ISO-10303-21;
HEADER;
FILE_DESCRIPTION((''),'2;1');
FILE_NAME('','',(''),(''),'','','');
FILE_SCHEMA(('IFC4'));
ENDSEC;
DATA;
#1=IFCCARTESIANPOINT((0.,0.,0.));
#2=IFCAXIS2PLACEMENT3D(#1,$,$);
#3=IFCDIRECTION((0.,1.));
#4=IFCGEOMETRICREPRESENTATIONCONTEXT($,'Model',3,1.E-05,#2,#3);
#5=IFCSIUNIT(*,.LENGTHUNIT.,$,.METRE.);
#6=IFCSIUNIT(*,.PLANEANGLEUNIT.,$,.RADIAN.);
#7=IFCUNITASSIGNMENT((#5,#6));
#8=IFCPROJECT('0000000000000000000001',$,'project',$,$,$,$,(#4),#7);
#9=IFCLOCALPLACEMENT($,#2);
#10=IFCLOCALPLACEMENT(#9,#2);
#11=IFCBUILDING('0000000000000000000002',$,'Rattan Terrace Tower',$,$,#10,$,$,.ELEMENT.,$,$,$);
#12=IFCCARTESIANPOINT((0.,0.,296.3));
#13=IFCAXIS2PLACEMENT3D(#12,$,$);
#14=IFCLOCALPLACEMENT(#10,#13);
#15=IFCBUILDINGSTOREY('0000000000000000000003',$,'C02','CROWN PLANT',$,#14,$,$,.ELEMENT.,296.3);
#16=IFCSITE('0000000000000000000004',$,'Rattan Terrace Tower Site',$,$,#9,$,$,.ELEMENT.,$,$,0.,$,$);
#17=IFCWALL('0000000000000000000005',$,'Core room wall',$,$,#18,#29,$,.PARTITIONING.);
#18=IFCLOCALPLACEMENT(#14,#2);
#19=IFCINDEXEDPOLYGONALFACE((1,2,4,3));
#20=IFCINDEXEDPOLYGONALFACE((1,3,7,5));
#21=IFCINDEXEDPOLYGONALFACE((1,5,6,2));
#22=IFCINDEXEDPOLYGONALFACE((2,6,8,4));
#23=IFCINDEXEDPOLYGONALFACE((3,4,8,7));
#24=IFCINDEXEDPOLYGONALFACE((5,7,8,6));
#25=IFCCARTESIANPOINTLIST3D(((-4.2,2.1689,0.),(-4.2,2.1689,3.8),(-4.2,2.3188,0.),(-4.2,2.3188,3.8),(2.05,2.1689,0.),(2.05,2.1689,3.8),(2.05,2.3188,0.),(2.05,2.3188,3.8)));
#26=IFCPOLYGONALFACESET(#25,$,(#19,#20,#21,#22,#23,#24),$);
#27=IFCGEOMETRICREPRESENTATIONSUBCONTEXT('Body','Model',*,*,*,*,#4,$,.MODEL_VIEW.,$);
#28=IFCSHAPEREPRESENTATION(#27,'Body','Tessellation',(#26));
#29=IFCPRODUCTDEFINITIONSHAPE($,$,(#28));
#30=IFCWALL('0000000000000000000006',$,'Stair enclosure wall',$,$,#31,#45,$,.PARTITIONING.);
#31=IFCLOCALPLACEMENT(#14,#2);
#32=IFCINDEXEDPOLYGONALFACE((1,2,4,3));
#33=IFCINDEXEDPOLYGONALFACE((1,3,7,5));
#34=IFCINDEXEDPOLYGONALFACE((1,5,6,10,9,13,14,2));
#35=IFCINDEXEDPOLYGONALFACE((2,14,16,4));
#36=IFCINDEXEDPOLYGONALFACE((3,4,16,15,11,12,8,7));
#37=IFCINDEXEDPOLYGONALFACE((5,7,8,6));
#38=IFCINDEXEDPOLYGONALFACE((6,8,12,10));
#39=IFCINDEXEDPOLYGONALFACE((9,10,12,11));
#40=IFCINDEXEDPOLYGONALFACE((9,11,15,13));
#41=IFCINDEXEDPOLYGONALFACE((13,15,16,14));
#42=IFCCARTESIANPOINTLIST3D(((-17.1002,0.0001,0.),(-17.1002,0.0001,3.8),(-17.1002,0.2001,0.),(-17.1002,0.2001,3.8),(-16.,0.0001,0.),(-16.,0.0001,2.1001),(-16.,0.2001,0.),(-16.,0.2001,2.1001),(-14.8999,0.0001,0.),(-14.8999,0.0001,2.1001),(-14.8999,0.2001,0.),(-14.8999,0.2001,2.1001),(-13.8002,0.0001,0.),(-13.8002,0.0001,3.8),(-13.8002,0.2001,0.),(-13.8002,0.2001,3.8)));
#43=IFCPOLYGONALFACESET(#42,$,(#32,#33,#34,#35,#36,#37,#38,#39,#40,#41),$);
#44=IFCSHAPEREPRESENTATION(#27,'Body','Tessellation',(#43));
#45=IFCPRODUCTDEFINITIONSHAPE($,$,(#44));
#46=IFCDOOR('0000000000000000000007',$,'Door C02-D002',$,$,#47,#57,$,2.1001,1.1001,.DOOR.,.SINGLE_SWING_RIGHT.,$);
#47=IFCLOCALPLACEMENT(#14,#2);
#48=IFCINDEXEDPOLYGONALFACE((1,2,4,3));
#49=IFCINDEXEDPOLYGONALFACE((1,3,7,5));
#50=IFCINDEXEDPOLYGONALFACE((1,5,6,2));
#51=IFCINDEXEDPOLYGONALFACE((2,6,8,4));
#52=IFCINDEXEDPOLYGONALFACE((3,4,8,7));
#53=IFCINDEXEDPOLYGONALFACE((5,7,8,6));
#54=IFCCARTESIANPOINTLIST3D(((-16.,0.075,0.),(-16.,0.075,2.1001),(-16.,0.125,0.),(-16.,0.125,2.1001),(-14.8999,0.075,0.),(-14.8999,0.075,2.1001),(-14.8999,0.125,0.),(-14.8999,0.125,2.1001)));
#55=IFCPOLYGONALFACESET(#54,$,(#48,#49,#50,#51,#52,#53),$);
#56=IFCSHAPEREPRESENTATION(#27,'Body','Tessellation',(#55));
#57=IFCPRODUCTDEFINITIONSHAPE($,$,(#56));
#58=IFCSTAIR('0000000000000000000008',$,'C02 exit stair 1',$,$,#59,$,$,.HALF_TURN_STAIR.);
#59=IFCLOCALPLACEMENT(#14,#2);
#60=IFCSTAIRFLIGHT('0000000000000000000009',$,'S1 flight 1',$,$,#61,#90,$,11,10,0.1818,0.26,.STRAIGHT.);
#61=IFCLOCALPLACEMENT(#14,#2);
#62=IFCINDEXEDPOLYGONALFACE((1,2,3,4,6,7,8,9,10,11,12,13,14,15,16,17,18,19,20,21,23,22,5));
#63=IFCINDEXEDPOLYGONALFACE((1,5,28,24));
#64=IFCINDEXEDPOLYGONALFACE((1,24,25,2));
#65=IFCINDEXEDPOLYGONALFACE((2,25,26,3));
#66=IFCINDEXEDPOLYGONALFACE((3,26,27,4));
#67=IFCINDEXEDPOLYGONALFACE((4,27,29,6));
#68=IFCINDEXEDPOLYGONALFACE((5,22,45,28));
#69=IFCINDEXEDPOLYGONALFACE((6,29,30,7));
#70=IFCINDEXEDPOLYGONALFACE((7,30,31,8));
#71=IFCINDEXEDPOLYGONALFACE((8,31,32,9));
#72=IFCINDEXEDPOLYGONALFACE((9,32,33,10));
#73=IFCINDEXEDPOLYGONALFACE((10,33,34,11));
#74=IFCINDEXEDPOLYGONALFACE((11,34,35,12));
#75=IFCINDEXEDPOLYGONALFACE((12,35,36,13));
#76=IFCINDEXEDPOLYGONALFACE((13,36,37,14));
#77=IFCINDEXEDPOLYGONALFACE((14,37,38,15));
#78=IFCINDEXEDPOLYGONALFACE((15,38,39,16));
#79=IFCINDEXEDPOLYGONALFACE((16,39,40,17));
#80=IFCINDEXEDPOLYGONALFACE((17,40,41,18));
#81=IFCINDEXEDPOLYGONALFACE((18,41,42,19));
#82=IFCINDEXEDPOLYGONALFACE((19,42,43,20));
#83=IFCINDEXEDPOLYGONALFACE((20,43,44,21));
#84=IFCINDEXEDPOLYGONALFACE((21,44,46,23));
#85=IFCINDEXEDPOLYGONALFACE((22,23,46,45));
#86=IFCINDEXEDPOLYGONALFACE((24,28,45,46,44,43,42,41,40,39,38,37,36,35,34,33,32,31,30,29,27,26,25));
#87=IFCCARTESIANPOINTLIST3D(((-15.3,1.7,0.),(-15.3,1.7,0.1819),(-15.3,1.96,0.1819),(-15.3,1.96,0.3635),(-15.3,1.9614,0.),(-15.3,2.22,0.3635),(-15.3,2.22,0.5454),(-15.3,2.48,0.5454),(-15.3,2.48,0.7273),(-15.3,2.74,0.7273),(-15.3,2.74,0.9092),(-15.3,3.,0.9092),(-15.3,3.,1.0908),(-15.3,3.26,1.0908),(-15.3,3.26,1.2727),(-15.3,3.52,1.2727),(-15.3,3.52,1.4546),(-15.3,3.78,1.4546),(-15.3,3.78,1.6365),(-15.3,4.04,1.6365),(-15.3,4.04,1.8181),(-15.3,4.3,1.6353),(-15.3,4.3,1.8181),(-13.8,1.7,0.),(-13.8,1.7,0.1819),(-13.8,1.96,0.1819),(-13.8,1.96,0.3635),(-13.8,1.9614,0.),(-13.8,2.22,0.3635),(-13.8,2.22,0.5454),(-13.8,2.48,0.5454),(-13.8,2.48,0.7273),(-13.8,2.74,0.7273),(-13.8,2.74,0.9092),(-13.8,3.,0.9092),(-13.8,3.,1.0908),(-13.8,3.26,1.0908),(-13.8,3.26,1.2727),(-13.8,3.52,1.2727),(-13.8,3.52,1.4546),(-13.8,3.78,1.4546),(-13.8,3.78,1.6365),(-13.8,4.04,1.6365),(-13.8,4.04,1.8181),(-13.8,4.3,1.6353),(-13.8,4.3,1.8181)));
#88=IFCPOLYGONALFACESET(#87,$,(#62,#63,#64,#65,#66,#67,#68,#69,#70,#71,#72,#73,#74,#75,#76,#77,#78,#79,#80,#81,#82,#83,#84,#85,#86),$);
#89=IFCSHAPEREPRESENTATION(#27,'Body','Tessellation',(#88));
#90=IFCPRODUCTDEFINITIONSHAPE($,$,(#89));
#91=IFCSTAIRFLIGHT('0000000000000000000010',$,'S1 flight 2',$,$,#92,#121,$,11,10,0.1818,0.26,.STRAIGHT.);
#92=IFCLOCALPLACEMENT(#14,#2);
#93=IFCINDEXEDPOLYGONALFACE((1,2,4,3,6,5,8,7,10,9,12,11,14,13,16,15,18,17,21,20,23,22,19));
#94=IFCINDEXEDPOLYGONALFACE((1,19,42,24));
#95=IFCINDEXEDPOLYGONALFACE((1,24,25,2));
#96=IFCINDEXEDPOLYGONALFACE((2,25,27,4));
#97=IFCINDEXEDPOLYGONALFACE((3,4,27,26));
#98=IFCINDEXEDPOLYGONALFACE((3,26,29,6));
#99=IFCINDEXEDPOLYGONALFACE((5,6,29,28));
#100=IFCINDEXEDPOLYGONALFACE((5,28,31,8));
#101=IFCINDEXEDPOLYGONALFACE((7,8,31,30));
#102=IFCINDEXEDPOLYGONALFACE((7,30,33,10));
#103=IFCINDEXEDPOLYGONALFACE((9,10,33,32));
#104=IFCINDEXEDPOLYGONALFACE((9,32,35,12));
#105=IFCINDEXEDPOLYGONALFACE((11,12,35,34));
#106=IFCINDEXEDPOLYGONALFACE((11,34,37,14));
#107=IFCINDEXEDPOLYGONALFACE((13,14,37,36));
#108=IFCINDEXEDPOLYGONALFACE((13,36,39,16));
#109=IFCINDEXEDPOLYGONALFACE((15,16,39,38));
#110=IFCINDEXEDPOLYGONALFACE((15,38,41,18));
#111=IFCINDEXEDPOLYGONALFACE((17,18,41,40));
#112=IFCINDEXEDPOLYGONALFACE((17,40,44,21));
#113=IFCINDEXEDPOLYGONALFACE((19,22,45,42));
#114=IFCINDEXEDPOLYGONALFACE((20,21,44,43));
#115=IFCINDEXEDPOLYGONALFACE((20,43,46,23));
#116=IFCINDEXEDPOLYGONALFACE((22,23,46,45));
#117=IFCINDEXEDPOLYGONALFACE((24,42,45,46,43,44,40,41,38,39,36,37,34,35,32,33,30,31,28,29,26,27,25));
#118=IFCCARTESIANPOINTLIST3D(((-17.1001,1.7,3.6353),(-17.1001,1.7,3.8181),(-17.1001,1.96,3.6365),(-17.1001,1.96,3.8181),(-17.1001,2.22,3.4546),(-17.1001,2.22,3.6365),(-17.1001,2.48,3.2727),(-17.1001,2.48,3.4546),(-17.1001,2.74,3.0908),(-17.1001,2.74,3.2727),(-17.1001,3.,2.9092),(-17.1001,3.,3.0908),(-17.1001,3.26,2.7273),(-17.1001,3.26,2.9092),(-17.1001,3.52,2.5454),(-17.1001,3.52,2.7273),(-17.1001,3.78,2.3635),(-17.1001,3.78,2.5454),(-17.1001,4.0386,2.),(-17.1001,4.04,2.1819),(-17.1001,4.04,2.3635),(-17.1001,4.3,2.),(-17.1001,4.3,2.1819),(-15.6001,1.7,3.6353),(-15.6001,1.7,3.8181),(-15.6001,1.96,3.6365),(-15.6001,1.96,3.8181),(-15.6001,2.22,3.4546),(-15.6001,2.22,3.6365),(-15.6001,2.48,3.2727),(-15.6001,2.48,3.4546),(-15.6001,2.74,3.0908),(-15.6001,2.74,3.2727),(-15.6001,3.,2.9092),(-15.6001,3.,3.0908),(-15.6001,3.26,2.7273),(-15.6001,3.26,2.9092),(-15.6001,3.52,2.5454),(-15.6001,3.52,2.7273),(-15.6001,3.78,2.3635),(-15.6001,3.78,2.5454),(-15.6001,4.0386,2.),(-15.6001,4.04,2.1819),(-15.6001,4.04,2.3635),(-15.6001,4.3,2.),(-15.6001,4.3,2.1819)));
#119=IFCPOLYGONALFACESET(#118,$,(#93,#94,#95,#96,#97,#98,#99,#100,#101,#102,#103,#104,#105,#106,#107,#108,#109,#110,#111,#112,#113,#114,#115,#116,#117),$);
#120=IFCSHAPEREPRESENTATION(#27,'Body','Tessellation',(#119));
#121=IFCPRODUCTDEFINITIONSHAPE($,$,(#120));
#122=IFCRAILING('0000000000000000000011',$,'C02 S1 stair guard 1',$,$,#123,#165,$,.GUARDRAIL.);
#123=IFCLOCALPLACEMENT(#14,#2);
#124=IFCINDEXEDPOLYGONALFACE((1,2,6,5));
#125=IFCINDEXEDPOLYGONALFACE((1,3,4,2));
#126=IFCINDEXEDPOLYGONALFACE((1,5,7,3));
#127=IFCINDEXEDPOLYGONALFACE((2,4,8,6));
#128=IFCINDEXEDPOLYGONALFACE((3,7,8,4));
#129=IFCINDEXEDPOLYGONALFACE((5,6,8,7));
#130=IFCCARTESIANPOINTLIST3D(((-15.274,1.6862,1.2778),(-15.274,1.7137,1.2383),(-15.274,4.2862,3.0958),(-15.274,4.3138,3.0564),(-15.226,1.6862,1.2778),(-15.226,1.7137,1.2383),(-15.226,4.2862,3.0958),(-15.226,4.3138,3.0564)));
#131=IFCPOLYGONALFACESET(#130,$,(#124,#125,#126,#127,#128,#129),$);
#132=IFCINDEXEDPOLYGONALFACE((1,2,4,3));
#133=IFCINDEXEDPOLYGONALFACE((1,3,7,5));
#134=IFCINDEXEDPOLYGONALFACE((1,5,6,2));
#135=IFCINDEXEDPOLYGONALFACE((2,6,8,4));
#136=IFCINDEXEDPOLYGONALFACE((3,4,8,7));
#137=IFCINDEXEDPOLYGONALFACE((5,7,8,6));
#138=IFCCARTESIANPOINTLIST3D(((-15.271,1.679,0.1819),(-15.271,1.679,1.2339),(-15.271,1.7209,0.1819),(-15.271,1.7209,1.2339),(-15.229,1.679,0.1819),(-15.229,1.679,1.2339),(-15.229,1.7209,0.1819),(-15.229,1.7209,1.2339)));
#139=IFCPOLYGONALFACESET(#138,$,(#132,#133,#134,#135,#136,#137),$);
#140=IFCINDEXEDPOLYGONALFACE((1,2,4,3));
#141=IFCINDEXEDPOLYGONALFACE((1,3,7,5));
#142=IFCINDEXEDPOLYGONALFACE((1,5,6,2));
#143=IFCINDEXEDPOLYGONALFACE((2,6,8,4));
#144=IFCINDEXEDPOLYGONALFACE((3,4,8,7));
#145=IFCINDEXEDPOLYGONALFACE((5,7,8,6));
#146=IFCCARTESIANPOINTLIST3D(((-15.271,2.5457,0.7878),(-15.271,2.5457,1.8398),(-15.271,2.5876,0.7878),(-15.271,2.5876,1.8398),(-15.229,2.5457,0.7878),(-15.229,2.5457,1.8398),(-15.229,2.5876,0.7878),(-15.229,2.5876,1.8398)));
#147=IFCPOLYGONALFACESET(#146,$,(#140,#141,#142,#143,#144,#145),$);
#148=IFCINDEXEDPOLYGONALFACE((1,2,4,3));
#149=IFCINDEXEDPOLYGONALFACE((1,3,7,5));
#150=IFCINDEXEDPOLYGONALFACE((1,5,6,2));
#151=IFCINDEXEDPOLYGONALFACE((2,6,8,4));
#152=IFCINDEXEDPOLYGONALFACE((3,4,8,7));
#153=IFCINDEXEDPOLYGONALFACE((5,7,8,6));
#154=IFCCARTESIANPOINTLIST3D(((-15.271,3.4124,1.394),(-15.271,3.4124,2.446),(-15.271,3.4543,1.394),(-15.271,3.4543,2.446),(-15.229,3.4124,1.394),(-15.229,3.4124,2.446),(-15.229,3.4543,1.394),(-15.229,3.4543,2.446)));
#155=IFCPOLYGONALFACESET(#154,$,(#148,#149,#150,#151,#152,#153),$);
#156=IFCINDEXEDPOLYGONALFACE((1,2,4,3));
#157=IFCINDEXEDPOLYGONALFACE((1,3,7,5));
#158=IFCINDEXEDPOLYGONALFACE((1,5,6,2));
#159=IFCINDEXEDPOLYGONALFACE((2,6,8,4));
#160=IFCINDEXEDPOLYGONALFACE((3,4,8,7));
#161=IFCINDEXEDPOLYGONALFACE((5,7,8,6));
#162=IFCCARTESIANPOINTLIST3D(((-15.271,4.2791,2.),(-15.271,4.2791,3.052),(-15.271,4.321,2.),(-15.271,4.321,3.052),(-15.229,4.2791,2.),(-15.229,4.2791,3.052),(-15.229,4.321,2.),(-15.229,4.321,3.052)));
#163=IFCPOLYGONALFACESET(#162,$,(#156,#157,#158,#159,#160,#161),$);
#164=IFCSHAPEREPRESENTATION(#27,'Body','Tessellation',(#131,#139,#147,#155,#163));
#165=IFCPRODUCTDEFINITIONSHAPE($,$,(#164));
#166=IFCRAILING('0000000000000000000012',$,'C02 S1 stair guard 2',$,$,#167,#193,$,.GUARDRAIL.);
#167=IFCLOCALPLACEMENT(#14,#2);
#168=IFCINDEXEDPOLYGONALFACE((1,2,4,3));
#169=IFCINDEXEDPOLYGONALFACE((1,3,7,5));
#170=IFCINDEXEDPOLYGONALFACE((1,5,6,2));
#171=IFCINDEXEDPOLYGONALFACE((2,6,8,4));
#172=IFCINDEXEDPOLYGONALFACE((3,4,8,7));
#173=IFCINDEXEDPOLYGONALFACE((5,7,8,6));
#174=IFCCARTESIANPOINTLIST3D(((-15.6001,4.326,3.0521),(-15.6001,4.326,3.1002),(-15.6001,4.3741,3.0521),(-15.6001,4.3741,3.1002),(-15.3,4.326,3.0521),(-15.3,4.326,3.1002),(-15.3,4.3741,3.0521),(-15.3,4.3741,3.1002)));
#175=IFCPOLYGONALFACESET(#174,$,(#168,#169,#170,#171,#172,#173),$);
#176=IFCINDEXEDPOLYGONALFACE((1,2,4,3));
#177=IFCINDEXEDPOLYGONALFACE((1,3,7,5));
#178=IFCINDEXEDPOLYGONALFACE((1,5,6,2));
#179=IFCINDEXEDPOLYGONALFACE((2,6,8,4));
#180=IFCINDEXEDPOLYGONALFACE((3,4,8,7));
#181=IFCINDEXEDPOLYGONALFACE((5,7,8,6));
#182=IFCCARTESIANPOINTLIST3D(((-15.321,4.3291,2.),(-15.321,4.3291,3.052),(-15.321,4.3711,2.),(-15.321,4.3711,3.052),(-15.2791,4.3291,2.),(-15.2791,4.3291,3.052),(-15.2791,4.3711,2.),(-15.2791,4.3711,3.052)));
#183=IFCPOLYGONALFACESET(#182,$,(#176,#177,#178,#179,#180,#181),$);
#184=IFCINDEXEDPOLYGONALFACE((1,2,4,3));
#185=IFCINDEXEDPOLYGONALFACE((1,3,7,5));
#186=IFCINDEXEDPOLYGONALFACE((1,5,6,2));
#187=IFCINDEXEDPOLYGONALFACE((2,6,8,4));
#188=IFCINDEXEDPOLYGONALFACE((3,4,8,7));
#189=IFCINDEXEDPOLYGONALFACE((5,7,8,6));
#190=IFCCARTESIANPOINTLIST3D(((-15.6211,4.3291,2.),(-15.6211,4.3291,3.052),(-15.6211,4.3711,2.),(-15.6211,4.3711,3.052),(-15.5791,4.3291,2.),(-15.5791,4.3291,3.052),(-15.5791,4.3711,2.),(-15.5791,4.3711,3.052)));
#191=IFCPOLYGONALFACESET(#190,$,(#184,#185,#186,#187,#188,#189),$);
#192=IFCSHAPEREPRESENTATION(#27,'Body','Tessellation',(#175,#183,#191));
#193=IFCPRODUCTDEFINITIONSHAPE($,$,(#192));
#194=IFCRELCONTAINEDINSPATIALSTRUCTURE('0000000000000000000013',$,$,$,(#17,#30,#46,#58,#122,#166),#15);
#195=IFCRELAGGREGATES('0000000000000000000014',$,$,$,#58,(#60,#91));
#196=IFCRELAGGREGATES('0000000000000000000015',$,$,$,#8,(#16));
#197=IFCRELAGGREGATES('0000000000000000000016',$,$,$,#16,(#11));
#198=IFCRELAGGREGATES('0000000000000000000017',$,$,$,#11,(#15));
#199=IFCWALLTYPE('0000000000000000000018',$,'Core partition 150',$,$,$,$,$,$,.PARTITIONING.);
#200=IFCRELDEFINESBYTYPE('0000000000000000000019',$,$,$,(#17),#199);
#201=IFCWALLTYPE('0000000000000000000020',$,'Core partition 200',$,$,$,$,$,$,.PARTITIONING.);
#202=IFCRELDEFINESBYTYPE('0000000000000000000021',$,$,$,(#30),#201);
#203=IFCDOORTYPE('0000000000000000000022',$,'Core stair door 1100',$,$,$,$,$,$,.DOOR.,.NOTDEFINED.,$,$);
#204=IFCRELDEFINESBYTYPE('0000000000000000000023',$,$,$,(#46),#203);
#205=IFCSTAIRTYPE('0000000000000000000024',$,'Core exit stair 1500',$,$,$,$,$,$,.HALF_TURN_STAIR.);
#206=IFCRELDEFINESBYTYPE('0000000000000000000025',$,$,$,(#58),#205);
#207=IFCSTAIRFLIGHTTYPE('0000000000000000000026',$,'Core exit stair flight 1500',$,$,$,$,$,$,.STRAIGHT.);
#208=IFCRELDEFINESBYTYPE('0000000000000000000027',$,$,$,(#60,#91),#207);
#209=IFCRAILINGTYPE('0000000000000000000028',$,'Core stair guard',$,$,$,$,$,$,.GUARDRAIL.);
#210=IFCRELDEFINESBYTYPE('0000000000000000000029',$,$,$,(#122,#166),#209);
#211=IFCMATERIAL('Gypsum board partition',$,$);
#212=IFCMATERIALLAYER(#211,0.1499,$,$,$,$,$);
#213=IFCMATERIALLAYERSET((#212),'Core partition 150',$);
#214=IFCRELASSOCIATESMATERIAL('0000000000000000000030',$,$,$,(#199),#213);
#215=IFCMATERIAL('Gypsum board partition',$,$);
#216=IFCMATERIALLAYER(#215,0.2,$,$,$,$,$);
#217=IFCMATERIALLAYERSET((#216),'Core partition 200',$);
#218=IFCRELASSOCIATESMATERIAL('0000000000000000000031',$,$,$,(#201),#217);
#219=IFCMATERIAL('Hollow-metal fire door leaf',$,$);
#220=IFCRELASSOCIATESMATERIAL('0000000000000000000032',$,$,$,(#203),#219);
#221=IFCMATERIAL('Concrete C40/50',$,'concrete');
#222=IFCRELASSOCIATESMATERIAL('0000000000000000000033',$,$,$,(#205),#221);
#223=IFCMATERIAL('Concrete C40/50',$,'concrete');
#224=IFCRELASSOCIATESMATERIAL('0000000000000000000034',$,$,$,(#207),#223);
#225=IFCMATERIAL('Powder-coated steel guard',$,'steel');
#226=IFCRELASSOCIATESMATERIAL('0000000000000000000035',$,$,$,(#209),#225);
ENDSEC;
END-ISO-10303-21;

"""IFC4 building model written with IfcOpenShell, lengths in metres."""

from ifc_helpers import new_model, si_unit, direction, frame, frame_2d, origin, origin_2d, place, context, subcontext, project, spatial, polyline, rectangle, outline, extrude, material, layer, layer_set, type_object, element, fill, aggregate, save


model = new_model("IFC4")

# Units and contexts
model_context = context("Model", 3, precision=1e-05, world=origin(), true_north=direction((0.0, 1.0)))
body_context = subcontext(model_context, "Body", "Model", "MODEL_VIEW")
ifc_project = project(units=[si_unit("LENGTHUNIT", "METRE"), si_unit("PLANEANGLEUNIT", "RADIAN")], contexts=[model_context])

# Site, building, storey
site_placement = place(None, origin())
site = spatial("IfcSite", under=ifc_project, at=site_placement, Name="Rattan Terrace Tower Site", CompositionType="ELEMENT", RefElevation=0.0)
building_placement = place(site_placement, origin())
building = spatial("IfcBuilding", under=site, at=building_placement, Name="Rattan Terrace Tower", CompositionType="ELEMENT")
storey_placement = place(building_placement, frame((0.0, 0.0, 296.3)))
storey = spatial("IfcBuildingStorey", under=building, at=storey_placement, Name="C02", Description="CROWN PLANT", CompositionType="ELEMENT", Elevation=296.3)

# Wall
ifc_material_1 = material(Name="Gypsum board partition")
ifc_layer_1 = layer(ifc_material_1, 0.1499)
ifc_layer_set_1 = layer_set([ifc_layer_1], Name="Core partition 150")
wall_type_1 = type_object("IfcWallType", Name="Core partition 150", PredefinedType="PARTITIONING", material=ifc_layer_set_1)
for number, where, z_axis, x_axis, name in (
    (1, (-4.2, 2.2439, 0.0), (0.0, 0.0, 1.0), (1.0, 0.0, 0.0), "Core room wall"),
):
    element("IfcWall", number, at=place(storey_placement, frame(where, z_axis=z_axis, x_axis=x_axis)), inside=storey, type_object=wall_type_1, Name=name, PredefinedType="PARTITIONING", context=body_context, shape_type="SweptSolid", body=[
        extrude(rectangle(XDim=6.25, YDim=0.1499, at=frame_2d((3.125, 0.0))), origin(), (0.0, 0.0, 1.0), 3.8),
    ])

# Wall, opening, door
ifc_material_2 = material(Name="Gypsum board partition")
ifc_layer_2 = layer(ifc_material_2, 0.2)
ifc_layer_set_2 = layer_set([ifc_layer_2], Name="Core partition 200")
wall_type_2 = type_object("IfcWallType", Name="Core partition 200", PredefinedType="PARTITIONING", material=ifc_layer_set_2)
wall_placement = place(storey_placement, frame((-17.1001, 0.1001, 0.0), z_axis=(0.0, 0.0, 1.0), x_axis=(1.0, 0.0, 0.0)))
wall = element("IfcWall", 2, at=wall_placement, inside=storey, type_object=wall_type_2, Name="Stair enclosure wall", PredefinedType="PARTITIONING", context=body_context, shape_type="SweptSolid", body=[
    extrude(rectangle(XDim=3.3, YDim=0.2, at=frame_2d((1.6499, 0.0))), origin(), (0.0, 0.0, 1.0), 3.8),
])
opening_placement = place(wall_placement, frame((1.1001, 0.0, 0.0)))
opening = element("IfcOpeningElement", 3, at=opening_placement, cuts=wall, PredefinedType="OPENING", context=body_context, shape_type="SweptSolid", body=[
    extrude(rectangle(XDim=1.1001, YDim=2.1001, at=frame_2d((0.55, 1.05))), frame((0.0, 0.1106, 0.0), z_axis=(0.0, -1.0, 0.0), x_axis=(1.0, 0.0, 0.0)), (0.0, 0.0, 1.0), 0.2209),
])
ifc_material_3 = material(Name="Hollow-metal fire door leaf")
door_type = type_object("IfcDoorType", Name="Core stair door 1100", OperationType="NOTDEFINED", PredefinedType="DOOR", material=ifc_material_3)
door_placement = place(opening_placement, origin())
door = element("IfcDoor", 4, at=door_placement, inside=storey, type_object=door_type, Name="Door C02-D002", OperationType="SINGLE_SWING_RIGHT", OverallHeight=2.1001, OverallWidth=1.1001, PredefinedType="DOOR", context=body_context, shape_type="SweptSolid", body=[
    extrude(rectangle(XDim=1.1001, YDim=2.1001, at=frame_2d((0.55, 1.05))), frame((0.0, 0.0249, 0.0), z_axis=(0.0, -1.0, 0.0), x_axis=(1.0, 0.0, 0.0)), (0.0, 0.0, 1.0), 0.05),
])
fill(opening, door)

# Stair, stair flights
ifc_material_4 = material(Name="Concrete C40/50", Category="concrete")
stair_type = type_object("IfcStairType", Name="Core exit stair 1500", PredefinedType="HALF_TURN_STAIR", material=ifc_material_4)
stair_placement = place(storey_placement, origin())
stair = element("IfcStair", 5, at=stair_placement, inside=storey, type_object=stair_type, Name="C02 exit stair 1", PredefinedType="HALF_TURN_STAIR")
ifc_material_5 = material(Name="Concrete C40/50", Category="concrete")
stair_flight_type = type_object("IfcStairFlightType", Name="Core exit stair flight 1500", PredefinedType="STRAIGHT", material=ifc_material_5)
stair_flight_1_placement = place(storey_placement, frame((-14.55, 1.7, 0.0), z_axis=(0.0, 0.0, 1.0), x_axis=(0.0, 1.0, 0.0)))
stair_flight_1 = element("IfcStairFlight", 6, at=stair_flight_1_placement, type_object=stair_flight_type, Name="S1 flight 1", NumberOfRisers=11, NumberOfTreads=10, PredefinedType="STRAIGHT", RiserHeight=0.1818, TreadLength=0.26, context=body_context, shape_type="SweptSolid", body=[
    extrude(outline(polyline([(0.0, 0.0), (0.0, 0.1819), (0.26, 0.1819), (0.26, 0.3635), (0.52, 0.3635), (0.52, 0.5454), (0.78, 0.5454), (0.78, 0.7273), (1.04, 0.7273), (1.04, 0.9092), (1.3, 0.9092), (1.3, 1.0908), (1.5601, 1.0908), (1.5601, 1.2727), (1.8201, 1.2727), (1.8201, 1.4546), (2.0801, 1.4546), (2.0801, 1.6365), (2.3401, 1.6365), (2.3401, 1.8181), (2.6001, 1.8181), (2.6001, 2.0), (2.6001, 1.6353), (0.2615, 0.0), (0.0, 0.0)])), frame((0.0, 0.75, 0.0), z_axis=(0.0, -1.0, 0.0), x_axis=(1.0, 0.0, 0.0)), (0.0, 0.0, 1.0), 1.5),
])
stair_flight_2_placement = place(storey_placement, frame((-16.3501, 4.3, 2.0), z_axis=(0.0, 0.0, 1.0), x_axis=(0.0, -1.0, 0.0)))
stair_flight_2 = element("IfcStairFlight", 7, at=stair_flight_2_placement, type_object=stair_flight_type, Name="S1 flight 2", NumberOfRisers=11, NumberOfTreads=10, PredefinedType="STRAIGHT", RiserHeight=0.1818, TreadLength=0.26, context=body_context, shape_type="SweptSolid", body=[
    extrude(outline(polyline([(0.0, 0.0), (0.0, 0.1819), (0.26, 0.1819), (0.26, 0.3635), (0.52, 0.3635), (0.52, 0.5454), (0.78, 0.5454), (0.78, 0.7273), (1.04, 0.7273), (1.04, 0.9092), (1.3, 0.9092), (1.3, 1.0908), (1.5601, 1.0908), (1.5601, 1.2727), (1.8201, 1.2727), (1.8201, 1.4546), (2.0801, 1.4546), (2.0801, 1.6365), (2.3401, 1.6365), (2.3401, 1.8181), (2.6001, 1.8181), (2.6001, 2.0), (2.6001, 1.6353), (0.2615, 0.0), (0.0, 0.0)])), frame((0.0, 0.75, 0.0), z_axis=(0.0, -1.0, 0.0), x_axis=(1.0, 0.0, 0.0)), (0.0, 0.0, 1.0), 1.5),
])
aggregate(stair, [stair_flight_1, stair_flight_2])

# Railings
ifc_material_6 = material(Name="Powder-coated steel guard", Category="steel")
railing_type_1 = type_object("IfcRailingType", Name="Core stair guard", PredefinedType="GUARDRAIL", material=ifc_material_6)
railing_1_placement = place(storey_placement, frame((-15.25, 1.7, 0.1819)))
element("IfcRailing", 8, at=railing_1_placement, inside=storey, type_object=railing_type_1, Name="C02 S1 stair guard 1", PredefinedType="GUARDRAIL", context=body_context, shape_type="SweptSolid", body=[
    extrude(rectangle(XDim=0.0481, YDim=0.0481, at=origin_2d()), frame((0.0, 0.0, 1.0762), z_axis=(0.0, 0.819521, 0.573049), x_axis=(-1.0, 0.0, 0.0)), (0.0, 0.0, 1.0), 3.1726),
    extrude(rectangle(XDim=0.042, YDim=0.042, at=origin_2d()), origin(), (0.0, 0.0, 1.0), 1.052),
    extrude(rectangle(XDim=0.042, YDim=0.042, at=origin_2d()), frame((0.0, 0.8667, 0.606)), (0.0, 0.0, 1.0), 1.052),
    extrude(rectangle(XDim=0.042, YDim=0.042, at=origin_2d()), frame((0.0, 1.7334, 1.2122)), (0.0, 0.0, 1.0), 1.052),
    extrude(rectangle(XDim=0.042, YDim=0.042, at=origin_2d()), frame((0.0, 2.6001, 1.8181)), (0.0, 0.0, 1.0), 1.052),
])
railing_2_placement = place(storey_placement, frame((-15.3, 4.3501, 2.0)))
element("IfcRailing", 9, at=railing_2_placement, inside=storey, type_object=railing_type_1, Name="C02 S1 stair guard 2", PredefinedType="GUARDRAIL", context=body_context, shape_type="SweptSolid", body=[
    extrude(rectangle(XDim=0.0481, YDim=0.0481, at=origin_2d()), frame((0.0, 0.0, 1.0762), z_axis=(-1.0, 0.0, 0.0), x_axis=(0.0, -1.0, 0.0)), (0.0, 0.0, 1.0), 0.3),
    extrude(rectangle(XDim=0.042, YDim=0.042, at=origin_2d()), origin(), (0.0, 0.0, 1.0), 1.052),
    extrude(rectangle(XDim=0.042, YDim=0.042, at=origin_2d()), frame((-0.3, 0.0, 0.0)), (0.0, 0.0, 1.0), 1.052),
])

save(model, "model.ifc")
